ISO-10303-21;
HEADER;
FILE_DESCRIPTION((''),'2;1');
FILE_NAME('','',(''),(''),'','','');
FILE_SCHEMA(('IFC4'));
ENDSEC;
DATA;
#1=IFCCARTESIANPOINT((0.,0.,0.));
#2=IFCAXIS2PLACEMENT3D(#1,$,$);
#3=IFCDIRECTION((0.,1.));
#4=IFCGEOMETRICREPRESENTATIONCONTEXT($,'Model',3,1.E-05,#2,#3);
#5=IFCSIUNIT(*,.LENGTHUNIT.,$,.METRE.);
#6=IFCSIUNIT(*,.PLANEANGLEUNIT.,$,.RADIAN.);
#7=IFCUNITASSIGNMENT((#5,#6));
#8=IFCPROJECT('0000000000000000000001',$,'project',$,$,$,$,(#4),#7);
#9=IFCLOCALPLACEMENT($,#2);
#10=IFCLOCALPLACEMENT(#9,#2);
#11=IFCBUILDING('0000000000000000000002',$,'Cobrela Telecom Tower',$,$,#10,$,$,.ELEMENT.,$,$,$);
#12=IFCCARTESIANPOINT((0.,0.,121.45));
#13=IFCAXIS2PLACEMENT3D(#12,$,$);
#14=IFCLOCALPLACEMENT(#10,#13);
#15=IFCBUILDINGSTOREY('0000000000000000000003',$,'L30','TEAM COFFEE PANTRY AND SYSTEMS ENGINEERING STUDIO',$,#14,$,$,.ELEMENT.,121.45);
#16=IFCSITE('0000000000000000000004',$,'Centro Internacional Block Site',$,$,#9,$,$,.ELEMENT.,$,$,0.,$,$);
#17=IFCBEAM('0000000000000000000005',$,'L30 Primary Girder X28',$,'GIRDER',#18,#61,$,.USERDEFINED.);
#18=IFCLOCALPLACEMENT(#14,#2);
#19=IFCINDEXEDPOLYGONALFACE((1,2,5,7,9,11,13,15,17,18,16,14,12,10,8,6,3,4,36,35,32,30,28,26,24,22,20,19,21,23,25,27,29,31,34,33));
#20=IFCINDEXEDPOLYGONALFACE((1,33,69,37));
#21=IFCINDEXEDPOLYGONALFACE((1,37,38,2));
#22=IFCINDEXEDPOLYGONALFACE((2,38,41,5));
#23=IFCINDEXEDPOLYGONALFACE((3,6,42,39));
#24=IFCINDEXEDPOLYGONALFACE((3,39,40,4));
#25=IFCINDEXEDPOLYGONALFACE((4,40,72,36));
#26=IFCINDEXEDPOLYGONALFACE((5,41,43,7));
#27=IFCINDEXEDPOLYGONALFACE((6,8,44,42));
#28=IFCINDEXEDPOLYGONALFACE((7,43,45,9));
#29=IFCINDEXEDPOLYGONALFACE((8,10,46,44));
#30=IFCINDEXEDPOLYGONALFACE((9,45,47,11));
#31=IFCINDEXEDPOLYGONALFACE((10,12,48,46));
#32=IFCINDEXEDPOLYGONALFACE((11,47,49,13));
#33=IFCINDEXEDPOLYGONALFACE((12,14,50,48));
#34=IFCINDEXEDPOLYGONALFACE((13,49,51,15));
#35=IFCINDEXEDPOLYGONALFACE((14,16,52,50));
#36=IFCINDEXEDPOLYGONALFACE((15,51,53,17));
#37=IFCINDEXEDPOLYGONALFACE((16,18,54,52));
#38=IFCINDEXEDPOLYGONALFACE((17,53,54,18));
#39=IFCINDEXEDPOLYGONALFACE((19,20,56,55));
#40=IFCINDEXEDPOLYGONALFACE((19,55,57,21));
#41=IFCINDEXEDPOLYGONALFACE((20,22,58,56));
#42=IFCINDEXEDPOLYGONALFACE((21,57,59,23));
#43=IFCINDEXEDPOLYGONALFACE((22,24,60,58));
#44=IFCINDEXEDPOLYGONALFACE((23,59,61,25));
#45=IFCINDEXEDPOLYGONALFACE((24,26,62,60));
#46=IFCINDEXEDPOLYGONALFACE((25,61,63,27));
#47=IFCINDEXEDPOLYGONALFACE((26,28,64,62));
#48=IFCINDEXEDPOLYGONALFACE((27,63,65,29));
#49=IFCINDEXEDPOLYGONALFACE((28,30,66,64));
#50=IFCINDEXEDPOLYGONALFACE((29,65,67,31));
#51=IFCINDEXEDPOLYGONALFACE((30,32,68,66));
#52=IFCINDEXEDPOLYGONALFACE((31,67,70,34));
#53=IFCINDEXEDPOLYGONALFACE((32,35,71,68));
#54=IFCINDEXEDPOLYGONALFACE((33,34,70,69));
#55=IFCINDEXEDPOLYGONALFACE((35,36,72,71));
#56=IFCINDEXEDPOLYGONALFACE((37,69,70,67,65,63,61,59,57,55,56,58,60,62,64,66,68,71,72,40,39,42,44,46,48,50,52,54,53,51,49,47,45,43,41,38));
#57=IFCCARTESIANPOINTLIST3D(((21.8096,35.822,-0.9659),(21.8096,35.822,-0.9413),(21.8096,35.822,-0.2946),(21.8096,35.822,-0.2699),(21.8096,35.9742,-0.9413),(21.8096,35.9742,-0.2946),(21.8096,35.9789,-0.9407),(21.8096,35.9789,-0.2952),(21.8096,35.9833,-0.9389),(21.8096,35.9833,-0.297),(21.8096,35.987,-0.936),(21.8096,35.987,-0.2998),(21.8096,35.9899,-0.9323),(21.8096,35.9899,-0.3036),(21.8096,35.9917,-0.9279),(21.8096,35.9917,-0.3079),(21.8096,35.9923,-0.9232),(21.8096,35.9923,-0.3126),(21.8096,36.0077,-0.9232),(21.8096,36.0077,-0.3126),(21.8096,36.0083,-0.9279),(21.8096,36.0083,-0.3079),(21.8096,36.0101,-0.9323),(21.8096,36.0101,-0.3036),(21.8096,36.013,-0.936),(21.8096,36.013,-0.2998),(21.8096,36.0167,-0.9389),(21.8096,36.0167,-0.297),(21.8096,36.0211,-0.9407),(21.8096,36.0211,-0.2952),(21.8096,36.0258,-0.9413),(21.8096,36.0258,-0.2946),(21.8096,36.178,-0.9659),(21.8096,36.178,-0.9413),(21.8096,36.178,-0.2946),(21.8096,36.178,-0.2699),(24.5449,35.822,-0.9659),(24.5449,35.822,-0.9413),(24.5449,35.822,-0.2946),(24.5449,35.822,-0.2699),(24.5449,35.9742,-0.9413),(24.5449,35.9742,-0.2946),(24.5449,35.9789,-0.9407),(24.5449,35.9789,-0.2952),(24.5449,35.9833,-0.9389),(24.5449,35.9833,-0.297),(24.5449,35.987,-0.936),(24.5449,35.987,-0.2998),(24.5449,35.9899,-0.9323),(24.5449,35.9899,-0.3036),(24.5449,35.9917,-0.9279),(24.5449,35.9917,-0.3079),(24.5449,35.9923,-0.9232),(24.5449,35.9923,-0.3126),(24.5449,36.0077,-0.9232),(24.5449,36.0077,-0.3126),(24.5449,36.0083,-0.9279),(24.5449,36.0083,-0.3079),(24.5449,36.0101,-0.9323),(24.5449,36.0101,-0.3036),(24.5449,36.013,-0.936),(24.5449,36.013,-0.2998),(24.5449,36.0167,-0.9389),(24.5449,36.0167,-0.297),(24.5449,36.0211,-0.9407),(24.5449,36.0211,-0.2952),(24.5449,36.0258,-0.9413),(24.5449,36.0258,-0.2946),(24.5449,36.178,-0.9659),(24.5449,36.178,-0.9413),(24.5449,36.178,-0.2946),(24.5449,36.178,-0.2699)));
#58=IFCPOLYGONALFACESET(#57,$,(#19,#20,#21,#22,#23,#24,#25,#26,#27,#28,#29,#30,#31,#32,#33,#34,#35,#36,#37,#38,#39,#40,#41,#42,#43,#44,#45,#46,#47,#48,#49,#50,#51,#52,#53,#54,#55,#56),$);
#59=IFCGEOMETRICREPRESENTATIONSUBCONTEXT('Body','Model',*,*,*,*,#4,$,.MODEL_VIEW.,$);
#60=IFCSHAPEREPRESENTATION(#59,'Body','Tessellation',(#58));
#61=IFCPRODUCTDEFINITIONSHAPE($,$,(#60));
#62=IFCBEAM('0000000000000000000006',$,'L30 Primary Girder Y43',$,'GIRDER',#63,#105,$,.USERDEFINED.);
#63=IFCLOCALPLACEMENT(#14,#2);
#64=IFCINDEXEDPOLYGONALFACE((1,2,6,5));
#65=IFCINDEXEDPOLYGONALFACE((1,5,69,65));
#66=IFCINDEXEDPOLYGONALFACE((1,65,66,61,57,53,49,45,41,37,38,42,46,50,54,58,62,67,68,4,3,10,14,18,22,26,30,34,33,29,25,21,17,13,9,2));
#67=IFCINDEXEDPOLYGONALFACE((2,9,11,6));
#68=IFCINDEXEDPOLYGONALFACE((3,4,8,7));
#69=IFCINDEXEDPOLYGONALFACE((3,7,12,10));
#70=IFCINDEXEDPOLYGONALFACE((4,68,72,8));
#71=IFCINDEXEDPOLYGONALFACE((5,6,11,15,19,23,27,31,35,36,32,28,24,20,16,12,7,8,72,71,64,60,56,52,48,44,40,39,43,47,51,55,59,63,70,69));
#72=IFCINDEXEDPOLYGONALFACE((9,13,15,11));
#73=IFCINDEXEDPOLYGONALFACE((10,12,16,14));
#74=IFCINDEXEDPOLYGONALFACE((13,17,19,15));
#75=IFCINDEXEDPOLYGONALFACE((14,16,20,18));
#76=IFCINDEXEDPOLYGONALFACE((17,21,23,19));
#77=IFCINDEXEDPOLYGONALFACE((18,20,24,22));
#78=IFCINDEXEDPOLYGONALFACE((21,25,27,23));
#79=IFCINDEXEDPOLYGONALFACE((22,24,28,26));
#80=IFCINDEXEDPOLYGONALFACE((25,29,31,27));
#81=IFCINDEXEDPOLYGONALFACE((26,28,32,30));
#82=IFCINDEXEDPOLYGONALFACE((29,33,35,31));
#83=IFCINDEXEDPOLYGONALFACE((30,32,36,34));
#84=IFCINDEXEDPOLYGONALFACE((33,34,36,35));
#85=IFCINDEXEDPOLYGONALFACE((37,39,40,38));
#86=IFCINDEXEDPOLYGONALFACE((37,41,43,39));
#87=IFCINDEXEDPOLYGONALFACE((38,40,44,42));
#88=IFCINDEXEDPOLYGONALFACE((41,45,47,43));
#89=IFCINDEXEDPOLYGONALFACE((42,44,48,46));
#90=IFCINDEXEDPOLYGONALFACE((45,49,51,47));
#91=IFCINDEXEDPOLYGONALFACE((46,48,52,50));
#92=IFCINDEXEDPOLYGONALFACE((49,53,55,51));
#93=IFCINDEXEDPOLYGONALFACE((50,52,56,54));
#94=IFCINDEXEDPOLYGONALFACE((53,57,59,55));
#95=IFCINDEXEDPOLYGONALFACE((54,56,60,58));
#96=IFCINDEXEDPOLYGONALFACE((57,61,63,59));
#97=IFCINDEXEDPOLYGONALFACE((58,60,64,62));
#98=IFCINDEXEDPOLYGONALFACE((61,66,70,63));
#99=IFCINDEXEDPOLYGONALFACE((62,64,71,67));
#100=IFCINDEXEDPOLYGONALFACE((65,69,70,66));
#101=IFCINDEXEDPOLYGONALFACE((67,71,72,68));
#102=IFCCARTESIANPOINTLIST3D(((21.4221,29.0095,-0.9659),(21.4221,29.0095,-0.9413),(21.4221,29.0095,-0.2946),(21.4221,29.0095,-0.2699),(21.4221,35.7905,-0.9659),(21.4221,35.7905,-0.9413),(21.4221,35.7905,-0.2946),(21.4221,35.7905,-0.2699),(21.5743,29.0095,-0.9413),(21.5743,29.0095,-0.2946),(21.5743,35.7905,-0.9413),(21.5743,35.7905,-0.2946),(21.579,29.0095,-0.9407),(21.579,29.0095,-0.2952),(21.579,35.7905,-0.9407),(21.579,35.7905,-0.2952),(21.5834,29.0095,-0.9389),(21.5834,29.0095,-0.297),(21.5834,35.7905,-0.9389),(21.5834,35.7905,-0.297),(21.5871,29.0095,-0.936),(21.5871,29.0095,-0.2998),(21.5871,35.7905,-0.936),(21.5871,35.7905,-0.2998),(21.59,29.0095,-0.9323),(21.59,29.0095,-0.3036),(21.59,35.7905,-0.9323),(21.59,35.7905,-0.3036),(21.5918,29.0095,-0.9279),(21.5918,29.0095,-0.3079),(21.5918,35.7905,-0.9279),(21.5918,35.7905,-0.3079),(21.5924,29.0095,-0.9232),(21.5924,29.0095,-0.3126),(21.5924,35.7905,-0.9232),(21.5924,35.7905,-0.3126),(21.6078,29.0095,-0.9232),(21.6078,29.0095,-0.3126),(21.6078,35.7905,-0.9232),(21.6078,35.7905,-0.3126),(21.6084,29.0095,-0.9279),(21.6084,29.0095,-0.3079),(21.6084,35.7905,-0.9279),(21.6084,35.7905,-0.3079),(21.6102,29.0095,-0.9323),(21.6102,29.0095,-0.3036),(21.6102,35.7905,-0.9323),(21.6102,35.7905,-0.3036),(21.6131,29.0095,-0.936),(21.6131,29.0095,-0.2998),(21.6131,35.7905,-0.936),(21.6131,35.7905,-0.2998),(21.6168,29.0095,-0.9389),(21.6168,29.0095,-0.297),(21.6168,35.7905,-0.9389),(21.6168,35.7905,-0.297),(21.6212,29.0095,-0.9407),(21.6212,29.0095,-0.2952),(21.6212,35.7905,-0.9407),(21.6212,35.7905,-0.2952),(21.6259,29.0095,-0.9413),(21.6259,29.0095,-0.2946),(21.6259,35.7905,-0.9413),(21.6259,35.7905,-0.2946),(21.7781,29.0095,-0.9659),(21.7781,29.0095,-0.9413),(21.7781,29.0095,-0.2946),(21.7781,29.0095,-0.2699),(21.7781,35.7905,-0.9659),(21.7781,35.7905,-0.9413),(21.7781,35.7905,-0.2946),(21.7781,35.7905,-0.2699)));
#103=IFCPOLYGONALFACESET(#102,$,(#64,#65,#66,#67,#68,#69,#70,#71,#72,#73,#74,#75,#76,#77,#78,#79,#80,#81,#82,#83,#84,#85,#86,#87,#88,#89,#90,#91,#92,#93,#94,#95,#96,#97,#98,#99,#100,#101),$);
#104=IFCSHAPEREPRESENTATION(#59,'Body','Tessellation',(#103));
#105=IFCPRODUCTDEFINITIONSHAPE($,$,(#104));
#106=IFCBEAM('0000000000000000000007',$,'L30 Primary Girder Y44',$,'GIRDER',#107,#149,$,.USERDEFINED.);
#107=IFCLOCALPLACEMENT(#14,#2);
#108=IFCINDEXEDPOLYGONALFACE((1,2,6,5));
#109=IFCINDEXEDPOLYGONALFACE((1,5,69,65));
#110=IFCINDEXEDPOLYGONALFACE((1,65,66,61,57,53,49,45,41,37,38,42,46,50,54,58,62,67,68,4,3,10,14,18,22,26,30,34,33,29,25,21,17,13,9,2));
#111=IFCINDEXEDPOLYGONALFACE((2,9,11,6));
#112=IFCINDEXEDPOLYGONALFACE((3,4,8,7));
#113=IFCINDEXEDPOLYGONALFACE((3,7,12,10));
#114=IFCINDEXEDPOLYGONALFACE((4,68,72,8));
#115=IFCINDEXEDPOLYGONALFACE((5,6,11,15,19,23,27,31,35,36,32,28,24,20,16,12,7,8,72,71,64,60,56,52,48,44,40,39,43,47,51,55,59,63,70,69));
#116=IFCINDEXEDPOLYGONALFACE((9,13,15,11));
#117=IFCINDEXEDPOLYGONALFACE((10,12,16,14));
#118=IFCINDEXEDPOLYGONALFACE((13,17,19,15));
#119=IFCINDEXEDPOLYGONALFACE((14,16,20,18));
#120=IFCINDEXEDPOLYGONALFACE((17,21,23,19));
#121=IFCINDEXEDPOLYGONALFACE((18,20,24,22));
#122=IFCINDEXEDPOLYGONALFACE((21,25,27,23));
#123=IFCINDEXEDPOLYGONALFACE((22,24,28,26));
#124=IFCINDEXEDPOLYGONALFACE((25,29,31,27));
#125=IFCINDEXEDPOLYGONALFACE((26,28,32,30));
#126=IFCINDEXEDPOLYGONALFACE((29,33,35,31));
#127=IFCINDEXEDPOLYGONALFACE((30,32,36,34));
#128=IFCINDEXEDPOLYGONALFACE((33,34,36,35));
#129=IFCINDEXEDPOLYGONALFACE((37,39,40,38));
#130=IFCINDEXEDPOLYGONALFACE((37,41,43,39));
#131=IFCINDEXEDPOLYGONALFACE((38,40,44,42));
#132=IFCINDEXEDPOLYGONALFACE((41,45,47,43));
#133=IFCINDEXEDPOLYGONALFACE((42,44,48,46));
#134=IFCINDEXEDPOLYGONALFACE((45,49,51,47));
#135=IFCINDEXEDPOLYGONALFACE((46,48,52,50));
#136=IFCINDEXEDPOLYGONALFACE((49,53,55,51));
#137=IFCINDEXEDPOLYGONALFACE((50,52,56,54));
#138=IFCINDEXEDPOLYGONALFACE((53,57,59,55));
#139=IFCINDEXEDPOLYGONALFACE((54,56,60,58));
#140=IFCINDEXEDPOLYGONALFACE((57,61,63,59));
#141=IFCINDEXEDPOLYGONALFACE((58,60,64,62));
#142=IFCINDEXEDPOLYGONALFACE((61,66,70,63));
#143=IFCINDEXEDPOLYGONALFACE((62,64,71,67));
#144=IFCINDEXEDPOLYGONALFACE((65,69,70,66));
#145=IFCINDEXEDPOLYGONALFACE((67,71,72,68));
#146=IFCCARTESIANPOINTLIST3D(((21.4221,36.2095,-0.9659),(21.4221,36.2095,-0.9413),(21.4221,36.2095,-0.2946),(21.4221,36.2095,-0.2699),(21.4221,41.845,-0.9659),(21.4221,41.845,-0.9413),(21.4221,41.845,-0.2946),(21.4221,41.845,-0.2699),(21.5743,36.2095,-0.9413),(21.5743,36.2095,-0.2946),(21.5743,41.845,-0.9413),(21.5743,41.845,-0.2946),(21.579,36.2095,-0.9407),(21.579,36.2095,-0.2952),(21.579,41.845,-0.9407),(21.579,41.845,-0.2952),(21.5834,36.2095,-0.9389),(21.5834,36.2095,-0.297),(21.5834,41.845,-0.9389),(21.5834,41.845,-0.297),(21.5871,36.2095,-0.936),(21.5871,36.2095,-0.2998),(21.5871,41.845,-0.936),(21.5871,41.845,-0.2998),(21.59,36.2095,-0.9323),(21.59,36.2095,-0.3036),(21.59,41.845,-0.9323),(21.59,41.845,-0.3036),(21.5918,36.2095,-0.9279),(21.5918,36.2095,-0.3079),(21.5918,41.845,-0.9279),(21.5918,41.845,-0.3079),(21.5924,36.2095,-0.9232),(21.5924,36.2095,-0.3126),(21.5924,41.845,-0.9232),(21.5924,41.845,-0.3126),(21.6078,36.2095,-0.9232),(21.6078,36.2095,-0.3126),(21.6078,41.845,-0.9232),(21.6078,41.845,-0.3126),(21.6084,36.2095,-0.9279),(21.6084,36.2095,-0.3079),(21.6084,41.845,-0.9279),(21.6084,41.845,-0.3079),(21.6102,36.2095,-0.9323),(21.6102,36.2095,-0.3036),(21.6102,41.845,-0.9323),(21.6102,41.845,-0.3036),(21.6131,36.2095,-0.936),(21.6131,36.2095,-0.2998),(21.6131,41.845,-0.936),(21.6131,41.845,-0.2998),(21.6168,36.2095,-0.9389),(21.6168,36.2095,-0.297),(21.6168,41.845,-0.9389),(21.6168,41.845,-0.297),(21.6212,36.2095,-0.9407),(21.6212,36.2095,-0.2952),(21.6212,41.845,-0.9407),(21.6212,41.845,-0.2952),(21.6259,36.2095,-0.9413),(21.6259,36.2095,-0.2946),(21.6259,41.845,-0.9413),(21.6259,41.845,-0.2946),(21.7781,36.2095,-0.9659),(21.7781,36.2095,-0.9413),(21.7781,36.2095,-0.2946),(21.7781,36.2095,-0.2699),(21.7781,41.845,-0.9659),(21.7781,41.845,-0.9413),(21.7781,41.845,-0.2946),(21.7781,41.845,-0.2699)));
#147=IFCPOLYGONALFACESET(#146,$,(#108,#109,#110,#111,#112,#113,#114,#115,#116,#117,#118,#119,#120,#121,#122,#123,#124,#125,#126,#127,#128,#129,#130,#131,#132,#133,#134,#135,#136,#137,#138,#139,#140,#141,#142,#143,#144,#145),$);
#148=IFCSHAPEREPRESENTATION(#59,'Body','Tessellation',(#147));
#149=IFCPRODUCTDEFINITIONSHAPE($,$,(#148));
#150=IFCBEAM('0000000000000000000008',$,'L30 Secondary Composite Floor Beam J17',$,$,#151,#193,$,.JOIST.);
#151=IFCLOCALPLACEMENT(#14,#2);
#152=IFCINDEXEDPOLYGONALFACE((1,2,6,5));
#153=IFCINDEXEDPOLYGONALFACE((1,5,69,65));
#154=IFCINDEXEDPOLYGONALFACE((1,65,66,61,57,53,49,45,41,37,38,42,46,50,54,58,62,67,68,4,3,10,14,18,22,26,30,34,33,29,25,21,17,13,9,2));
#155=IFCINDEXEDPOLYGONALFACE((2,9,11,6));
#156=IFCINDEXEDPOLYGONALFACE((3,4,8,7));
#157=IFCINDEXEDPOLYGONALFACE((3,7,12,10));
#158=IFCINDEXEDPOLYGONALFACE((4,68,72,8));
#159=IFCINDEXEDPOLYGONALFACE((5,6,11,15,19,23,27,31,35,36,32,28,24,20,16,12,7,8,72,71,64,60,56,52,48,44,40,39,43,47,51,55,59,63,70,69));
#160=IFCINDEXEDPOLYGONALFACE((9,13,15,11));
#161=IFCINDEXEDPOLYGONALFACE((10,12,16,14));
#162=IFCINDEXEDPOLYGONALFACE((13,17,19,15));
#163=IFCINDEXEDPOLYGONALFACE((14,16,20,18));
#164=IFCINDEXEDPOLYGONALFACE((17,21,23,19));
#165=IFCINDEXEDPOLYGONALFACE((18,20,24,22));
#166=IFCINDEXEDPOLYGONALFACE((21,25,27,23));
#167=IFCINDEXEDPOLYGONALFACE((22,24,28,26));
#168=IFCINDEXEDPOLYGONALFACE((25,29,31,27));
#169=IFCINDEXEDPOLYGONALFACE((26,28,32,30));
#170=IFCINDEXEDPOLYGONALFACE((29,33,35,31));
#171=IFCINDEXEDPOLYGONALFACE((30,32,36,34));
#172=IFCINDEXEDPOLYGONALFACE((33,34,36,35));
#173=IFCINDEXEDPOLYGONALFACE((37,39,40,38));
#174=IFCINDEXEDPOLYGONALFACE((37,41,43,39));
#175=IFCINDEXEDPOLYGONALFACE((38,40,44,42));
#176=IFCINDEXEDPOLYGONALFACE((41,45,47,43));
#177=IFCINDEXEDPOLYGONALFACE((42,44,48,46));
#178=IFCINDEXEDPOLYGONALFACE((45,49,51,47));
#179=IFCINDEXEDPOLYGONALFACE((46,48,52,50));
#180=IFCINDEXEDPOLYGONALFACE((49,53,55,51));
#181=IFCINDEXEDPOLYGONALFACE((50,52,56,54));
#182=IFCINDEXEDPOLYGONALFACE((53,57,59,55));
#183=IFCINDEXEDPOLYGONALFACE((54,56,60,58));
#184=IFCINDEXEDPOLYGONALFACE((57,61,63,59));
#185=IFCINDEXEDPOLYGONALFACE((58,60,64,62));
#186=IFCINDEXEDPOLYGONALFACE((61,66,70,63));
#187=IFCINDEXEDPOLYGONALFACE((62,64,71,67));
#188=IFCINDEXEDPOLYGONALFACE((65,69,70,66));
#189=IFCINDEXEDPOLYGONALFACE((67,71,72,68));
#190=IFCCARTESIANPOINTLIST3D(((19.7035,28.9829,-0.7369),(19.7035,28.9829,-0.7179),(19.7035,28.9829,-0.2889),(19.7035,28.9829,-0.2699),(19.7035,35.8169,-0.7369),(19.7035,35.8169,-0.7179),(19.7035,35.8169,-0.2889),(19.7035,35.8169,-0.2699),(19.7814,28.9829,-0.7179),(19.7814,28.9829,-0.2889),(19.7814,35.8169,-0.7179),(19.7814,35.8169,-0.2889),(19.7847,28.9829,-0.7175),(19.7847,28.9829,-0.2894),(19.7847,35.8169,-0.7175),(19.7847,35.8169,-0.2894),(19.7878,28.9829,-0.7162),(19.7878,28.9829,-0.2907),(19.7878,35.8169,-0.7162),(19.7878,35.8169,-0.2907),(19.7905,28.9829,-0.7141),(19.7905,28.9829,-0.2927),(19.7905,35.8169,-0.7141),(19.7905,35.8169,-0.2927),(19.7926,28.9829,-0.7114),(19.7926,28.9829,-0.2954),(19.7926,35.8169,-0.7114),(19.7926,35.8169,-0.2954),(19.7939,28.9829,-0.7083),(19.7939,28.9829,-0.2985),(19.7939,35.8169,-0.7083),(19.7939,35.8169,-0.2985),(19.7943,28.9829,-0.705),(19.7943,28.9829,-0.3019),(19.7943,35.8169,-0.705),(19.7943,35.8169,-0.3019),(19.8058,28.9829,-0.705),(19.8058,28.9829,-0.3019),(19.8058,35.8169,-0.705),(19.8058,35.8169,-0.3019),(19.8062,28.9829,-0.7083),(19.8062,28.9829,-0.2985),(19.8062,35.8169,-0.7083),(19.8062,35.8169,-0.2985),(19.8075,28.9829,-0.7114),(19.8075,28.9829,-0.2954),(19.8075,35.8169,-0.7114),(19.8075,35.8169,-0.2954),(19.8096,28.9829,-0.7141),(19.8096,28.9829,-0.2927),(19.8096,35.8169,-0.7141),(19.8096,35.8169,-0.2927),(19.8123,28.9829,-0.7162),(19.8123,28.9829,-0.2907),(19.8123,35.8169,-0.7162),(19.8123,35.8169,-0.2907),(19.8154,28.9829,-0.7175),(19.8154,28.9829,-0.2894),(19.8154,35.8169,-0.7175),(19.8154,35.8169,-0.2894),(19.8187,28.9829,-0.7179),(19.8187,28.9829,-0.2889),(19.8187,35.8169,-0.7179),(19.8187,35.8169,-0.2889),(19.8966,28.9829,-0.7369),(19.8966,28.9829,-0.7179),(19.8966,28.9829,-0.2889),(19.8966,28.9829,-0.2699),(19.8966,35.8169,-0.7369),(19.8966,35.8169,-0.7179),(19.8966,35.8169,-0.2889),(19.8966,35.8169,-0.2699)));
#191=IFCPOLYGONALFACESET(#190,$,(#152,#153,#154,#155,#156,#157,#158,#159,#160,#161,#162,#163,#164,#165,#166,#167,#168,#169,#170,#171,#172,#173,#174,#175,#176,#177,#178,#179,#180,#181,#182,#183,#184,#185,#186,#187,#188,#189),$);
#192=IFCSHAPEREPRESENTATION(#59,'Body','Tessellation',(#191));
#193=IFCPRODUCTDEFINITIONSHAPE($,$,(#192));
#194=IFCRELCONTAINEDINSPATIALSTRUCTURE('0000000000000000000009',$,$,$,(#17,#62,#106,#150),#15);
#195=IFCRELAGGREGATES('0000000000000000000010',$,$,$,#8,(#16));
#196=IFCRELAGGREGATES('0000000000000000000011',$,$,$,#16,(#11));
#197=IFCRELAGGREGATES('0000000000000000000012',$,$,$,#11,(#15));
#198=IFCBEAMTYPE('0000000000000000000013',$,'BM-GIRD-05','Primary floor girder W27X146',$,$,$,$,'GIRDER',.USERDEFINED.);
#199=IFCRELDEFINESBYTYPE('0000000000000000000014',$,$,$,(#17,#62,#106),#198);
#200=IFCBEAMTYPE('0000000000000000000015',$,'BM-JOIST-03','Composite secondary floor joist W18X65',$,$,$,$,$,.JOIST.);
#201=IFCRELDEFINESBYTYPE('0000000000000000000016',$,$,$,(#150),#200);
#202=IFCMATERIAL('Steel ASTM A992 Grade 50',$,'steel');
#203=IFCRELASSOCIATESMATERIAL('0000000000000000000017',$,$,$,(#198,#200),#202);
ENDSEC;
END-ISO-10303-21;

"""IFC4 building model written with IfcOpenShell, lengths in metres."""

from ifc_helpers import new_model, si_unit, direction, frame, origin, origin_2d, place, context, subcontext, project, spatial, i_section, extrude, material, material_profile, profile_set, type_object, element, save


model = new_model("IFC4")

# Units and contexts
model_context = context("Model", 3, precision=1e-05, world=origin(), true_north=direction((0.0, 1.0)))
body_context = subcontext(model_context, "Body", "Model", "MODEL_VIEW")
ifc_project = project(units=[si_unit("LENGTHUNIT", "METRE"), si_unit("PLANEANGLEUNIT", "RADIAN")], contexts=[model_context])

# Site, building, storey
site_placement = place(None, origin())
site = spatial("IfcSite", under=ifc_project, at=site_placement, Name="Centro Internacional Block Site", CompositionType="ELEMENT", RefElevation=0.0)
building_placement = place(site_placement, origin())
building = spatial("IfcBuilding", under=site, at=building_placement, Name="Cobrela Telecom Tower", CompositionType="ELEMENT")
storey_placement = place(building_placement, frame((0.0, 0.0, 121.45)))
storey = spatial("IfcBuildingStorey", under=building, at=storey_placement, Name="L30", Description="TEAM COFFEE PANTRY AND SYSTEMS ENGINEERING STUDIO", CompositionType="ELEMENT", Elevation=121.45)

# Shared definitions
ifc_material_1 = material(Name="Steel ASTM A992 Grade 50", Category="steel")

# Beams
ifc_material_profile_1 = material_profile(ifc_material_1, i_section(OverallWidth=0.356, OverallDepth=0.696, WebThickness=0.0154, FlangeThickness=0.0247, FilletRadius=0.0181, at=origin_2d()), Name="W27X146")
ifc_profile_set_1 = profile_set([ifc_material_profile_1], Name="Steel ASTM A992 Grade 50")
beam_type_1 = type_object("IfcBeamType", Name="BM-GIRD-05", Description="Primary floor girder W27X146", ElementType="GIRDER", PredefinedType="USERDEFINED", material=ifc_profile_set_1)
for number, where, z_axis, x_axis, name in (
    (1, (21.8096, 36.0, -0.6179), (1.0, 0.0, 0.0), (0.0, 1.0, 0.0), "L30 Primary Girder X28"),
):
    element("IfcBeam", number, at=place(storey_placement, frame(where, z_axis=z_axis, x_axis=x_axis)), inside=storey, type_object=beam_type_1, Name=name, ObjectType="GIRDER", PredefinedType="USERDEFINED", context=body_context, shape_type="SweptSolid", body=[
        extrude(i_section(OverallWidth=0.356, OverallDepth=0.696, WebThickness=0.0154, FlangeThickness=0.0247, FilletRadius=0.0181, at=origin_2d()), origin(), (0.0, 0.0, 1.0), 2.7354),
    ])
beam_1_placement = place(storey_placement, frame((21.6001, 29.0095, -0.6179), z_axis=(0.0, 1.0, 0.0), x_axis=(-1.0, 0.0, 0.0)))
element("IfcBeam", 2, at=beam_1_placement, inside=storey, type_object=beam_type_1, Name="L30 Primary Girder Y43", ObjectType="GIRDER", PredefinedType="USERDEFINED", context=body_context, shape_type="SweptSolid", body=[
    extrude(i_section(OverallWidth=0.356, OverallDepth=0.696, WebThickness=0.0154, FlangeThickness=0.0247, FilletRadius=0.0181, at=origin_2d()), origin(), (0.0, 0.0, 1.0), 6.781),
])
beam_2_placement = place(storey_placement, frame((21.6001, 36.2095, -0.6179), z_axis=(0.0, 1.0, 0.0), x_axis=(-1.0, 0.0, 0.0)))
element("IfcBeam", 3, at=beam_2_placement, inside=storey, type_object=beam_type_1, Name="L30 Primary Girder Y44", ObjectType="GIRDER", PredefinedType="USERDEFINED", context=body_context, shape_type="SweptSolid", body=[
    extrude(i_section(OverallWidth=0.356, OverallDepth=0.696, WebThickness=0.0154, FlangeThickness=0.0247, FilletRadius=0.0181, at=origin_2d()), origin(), (0.0, 0.0, 1.0), 5.6355),
])
ifc_material_profile_2 = material_profile(ifc_material_1, i_section(OverallWidth=0.1931, OverallDepth=0.467, WebThickness=0.0115, FlangeThickness=0.019, FilletRadius=0.0129, at=origin_2d()), Name="W18X65")
ifc_profile_set_2 = profile_set([ifc_material_profile_2], Name="Steel ASTM A992 Grade 50")
beam_type_2 = type_object("IfcBeamType", Name="BM-JOIST-03", Description="Composite secondary floor joist W18X65", PredefinedType="JOIST", material=ifc_profile_set_2)
beam_3_placement = place(storey_placement, frame((19.8, 28.9829, -0.5034), z_axis=(0.0, 1.0, 0.0), x_axis=(-1.0, 0.0, 0.0)))
element("IfcBeam", 4, at=beam_3_placement, inside=storey, type_object=beam_type_2, Name="L30 Secondary Composite Floor Beam J17", PredefinedType="JOIST", context=body_context, shape_type="SweptSolid", body=[
    extrude(i_section(OverallWidth=0.1931, OverallDepth=0.467, WebThickness=0.0115, FlangeThickness=0.019, FilletRadius=0.0129, at=origin_2d()), origin(), (0.0, 0.0, 1.0), 6.834),
])

save(model, "model.ifc")
